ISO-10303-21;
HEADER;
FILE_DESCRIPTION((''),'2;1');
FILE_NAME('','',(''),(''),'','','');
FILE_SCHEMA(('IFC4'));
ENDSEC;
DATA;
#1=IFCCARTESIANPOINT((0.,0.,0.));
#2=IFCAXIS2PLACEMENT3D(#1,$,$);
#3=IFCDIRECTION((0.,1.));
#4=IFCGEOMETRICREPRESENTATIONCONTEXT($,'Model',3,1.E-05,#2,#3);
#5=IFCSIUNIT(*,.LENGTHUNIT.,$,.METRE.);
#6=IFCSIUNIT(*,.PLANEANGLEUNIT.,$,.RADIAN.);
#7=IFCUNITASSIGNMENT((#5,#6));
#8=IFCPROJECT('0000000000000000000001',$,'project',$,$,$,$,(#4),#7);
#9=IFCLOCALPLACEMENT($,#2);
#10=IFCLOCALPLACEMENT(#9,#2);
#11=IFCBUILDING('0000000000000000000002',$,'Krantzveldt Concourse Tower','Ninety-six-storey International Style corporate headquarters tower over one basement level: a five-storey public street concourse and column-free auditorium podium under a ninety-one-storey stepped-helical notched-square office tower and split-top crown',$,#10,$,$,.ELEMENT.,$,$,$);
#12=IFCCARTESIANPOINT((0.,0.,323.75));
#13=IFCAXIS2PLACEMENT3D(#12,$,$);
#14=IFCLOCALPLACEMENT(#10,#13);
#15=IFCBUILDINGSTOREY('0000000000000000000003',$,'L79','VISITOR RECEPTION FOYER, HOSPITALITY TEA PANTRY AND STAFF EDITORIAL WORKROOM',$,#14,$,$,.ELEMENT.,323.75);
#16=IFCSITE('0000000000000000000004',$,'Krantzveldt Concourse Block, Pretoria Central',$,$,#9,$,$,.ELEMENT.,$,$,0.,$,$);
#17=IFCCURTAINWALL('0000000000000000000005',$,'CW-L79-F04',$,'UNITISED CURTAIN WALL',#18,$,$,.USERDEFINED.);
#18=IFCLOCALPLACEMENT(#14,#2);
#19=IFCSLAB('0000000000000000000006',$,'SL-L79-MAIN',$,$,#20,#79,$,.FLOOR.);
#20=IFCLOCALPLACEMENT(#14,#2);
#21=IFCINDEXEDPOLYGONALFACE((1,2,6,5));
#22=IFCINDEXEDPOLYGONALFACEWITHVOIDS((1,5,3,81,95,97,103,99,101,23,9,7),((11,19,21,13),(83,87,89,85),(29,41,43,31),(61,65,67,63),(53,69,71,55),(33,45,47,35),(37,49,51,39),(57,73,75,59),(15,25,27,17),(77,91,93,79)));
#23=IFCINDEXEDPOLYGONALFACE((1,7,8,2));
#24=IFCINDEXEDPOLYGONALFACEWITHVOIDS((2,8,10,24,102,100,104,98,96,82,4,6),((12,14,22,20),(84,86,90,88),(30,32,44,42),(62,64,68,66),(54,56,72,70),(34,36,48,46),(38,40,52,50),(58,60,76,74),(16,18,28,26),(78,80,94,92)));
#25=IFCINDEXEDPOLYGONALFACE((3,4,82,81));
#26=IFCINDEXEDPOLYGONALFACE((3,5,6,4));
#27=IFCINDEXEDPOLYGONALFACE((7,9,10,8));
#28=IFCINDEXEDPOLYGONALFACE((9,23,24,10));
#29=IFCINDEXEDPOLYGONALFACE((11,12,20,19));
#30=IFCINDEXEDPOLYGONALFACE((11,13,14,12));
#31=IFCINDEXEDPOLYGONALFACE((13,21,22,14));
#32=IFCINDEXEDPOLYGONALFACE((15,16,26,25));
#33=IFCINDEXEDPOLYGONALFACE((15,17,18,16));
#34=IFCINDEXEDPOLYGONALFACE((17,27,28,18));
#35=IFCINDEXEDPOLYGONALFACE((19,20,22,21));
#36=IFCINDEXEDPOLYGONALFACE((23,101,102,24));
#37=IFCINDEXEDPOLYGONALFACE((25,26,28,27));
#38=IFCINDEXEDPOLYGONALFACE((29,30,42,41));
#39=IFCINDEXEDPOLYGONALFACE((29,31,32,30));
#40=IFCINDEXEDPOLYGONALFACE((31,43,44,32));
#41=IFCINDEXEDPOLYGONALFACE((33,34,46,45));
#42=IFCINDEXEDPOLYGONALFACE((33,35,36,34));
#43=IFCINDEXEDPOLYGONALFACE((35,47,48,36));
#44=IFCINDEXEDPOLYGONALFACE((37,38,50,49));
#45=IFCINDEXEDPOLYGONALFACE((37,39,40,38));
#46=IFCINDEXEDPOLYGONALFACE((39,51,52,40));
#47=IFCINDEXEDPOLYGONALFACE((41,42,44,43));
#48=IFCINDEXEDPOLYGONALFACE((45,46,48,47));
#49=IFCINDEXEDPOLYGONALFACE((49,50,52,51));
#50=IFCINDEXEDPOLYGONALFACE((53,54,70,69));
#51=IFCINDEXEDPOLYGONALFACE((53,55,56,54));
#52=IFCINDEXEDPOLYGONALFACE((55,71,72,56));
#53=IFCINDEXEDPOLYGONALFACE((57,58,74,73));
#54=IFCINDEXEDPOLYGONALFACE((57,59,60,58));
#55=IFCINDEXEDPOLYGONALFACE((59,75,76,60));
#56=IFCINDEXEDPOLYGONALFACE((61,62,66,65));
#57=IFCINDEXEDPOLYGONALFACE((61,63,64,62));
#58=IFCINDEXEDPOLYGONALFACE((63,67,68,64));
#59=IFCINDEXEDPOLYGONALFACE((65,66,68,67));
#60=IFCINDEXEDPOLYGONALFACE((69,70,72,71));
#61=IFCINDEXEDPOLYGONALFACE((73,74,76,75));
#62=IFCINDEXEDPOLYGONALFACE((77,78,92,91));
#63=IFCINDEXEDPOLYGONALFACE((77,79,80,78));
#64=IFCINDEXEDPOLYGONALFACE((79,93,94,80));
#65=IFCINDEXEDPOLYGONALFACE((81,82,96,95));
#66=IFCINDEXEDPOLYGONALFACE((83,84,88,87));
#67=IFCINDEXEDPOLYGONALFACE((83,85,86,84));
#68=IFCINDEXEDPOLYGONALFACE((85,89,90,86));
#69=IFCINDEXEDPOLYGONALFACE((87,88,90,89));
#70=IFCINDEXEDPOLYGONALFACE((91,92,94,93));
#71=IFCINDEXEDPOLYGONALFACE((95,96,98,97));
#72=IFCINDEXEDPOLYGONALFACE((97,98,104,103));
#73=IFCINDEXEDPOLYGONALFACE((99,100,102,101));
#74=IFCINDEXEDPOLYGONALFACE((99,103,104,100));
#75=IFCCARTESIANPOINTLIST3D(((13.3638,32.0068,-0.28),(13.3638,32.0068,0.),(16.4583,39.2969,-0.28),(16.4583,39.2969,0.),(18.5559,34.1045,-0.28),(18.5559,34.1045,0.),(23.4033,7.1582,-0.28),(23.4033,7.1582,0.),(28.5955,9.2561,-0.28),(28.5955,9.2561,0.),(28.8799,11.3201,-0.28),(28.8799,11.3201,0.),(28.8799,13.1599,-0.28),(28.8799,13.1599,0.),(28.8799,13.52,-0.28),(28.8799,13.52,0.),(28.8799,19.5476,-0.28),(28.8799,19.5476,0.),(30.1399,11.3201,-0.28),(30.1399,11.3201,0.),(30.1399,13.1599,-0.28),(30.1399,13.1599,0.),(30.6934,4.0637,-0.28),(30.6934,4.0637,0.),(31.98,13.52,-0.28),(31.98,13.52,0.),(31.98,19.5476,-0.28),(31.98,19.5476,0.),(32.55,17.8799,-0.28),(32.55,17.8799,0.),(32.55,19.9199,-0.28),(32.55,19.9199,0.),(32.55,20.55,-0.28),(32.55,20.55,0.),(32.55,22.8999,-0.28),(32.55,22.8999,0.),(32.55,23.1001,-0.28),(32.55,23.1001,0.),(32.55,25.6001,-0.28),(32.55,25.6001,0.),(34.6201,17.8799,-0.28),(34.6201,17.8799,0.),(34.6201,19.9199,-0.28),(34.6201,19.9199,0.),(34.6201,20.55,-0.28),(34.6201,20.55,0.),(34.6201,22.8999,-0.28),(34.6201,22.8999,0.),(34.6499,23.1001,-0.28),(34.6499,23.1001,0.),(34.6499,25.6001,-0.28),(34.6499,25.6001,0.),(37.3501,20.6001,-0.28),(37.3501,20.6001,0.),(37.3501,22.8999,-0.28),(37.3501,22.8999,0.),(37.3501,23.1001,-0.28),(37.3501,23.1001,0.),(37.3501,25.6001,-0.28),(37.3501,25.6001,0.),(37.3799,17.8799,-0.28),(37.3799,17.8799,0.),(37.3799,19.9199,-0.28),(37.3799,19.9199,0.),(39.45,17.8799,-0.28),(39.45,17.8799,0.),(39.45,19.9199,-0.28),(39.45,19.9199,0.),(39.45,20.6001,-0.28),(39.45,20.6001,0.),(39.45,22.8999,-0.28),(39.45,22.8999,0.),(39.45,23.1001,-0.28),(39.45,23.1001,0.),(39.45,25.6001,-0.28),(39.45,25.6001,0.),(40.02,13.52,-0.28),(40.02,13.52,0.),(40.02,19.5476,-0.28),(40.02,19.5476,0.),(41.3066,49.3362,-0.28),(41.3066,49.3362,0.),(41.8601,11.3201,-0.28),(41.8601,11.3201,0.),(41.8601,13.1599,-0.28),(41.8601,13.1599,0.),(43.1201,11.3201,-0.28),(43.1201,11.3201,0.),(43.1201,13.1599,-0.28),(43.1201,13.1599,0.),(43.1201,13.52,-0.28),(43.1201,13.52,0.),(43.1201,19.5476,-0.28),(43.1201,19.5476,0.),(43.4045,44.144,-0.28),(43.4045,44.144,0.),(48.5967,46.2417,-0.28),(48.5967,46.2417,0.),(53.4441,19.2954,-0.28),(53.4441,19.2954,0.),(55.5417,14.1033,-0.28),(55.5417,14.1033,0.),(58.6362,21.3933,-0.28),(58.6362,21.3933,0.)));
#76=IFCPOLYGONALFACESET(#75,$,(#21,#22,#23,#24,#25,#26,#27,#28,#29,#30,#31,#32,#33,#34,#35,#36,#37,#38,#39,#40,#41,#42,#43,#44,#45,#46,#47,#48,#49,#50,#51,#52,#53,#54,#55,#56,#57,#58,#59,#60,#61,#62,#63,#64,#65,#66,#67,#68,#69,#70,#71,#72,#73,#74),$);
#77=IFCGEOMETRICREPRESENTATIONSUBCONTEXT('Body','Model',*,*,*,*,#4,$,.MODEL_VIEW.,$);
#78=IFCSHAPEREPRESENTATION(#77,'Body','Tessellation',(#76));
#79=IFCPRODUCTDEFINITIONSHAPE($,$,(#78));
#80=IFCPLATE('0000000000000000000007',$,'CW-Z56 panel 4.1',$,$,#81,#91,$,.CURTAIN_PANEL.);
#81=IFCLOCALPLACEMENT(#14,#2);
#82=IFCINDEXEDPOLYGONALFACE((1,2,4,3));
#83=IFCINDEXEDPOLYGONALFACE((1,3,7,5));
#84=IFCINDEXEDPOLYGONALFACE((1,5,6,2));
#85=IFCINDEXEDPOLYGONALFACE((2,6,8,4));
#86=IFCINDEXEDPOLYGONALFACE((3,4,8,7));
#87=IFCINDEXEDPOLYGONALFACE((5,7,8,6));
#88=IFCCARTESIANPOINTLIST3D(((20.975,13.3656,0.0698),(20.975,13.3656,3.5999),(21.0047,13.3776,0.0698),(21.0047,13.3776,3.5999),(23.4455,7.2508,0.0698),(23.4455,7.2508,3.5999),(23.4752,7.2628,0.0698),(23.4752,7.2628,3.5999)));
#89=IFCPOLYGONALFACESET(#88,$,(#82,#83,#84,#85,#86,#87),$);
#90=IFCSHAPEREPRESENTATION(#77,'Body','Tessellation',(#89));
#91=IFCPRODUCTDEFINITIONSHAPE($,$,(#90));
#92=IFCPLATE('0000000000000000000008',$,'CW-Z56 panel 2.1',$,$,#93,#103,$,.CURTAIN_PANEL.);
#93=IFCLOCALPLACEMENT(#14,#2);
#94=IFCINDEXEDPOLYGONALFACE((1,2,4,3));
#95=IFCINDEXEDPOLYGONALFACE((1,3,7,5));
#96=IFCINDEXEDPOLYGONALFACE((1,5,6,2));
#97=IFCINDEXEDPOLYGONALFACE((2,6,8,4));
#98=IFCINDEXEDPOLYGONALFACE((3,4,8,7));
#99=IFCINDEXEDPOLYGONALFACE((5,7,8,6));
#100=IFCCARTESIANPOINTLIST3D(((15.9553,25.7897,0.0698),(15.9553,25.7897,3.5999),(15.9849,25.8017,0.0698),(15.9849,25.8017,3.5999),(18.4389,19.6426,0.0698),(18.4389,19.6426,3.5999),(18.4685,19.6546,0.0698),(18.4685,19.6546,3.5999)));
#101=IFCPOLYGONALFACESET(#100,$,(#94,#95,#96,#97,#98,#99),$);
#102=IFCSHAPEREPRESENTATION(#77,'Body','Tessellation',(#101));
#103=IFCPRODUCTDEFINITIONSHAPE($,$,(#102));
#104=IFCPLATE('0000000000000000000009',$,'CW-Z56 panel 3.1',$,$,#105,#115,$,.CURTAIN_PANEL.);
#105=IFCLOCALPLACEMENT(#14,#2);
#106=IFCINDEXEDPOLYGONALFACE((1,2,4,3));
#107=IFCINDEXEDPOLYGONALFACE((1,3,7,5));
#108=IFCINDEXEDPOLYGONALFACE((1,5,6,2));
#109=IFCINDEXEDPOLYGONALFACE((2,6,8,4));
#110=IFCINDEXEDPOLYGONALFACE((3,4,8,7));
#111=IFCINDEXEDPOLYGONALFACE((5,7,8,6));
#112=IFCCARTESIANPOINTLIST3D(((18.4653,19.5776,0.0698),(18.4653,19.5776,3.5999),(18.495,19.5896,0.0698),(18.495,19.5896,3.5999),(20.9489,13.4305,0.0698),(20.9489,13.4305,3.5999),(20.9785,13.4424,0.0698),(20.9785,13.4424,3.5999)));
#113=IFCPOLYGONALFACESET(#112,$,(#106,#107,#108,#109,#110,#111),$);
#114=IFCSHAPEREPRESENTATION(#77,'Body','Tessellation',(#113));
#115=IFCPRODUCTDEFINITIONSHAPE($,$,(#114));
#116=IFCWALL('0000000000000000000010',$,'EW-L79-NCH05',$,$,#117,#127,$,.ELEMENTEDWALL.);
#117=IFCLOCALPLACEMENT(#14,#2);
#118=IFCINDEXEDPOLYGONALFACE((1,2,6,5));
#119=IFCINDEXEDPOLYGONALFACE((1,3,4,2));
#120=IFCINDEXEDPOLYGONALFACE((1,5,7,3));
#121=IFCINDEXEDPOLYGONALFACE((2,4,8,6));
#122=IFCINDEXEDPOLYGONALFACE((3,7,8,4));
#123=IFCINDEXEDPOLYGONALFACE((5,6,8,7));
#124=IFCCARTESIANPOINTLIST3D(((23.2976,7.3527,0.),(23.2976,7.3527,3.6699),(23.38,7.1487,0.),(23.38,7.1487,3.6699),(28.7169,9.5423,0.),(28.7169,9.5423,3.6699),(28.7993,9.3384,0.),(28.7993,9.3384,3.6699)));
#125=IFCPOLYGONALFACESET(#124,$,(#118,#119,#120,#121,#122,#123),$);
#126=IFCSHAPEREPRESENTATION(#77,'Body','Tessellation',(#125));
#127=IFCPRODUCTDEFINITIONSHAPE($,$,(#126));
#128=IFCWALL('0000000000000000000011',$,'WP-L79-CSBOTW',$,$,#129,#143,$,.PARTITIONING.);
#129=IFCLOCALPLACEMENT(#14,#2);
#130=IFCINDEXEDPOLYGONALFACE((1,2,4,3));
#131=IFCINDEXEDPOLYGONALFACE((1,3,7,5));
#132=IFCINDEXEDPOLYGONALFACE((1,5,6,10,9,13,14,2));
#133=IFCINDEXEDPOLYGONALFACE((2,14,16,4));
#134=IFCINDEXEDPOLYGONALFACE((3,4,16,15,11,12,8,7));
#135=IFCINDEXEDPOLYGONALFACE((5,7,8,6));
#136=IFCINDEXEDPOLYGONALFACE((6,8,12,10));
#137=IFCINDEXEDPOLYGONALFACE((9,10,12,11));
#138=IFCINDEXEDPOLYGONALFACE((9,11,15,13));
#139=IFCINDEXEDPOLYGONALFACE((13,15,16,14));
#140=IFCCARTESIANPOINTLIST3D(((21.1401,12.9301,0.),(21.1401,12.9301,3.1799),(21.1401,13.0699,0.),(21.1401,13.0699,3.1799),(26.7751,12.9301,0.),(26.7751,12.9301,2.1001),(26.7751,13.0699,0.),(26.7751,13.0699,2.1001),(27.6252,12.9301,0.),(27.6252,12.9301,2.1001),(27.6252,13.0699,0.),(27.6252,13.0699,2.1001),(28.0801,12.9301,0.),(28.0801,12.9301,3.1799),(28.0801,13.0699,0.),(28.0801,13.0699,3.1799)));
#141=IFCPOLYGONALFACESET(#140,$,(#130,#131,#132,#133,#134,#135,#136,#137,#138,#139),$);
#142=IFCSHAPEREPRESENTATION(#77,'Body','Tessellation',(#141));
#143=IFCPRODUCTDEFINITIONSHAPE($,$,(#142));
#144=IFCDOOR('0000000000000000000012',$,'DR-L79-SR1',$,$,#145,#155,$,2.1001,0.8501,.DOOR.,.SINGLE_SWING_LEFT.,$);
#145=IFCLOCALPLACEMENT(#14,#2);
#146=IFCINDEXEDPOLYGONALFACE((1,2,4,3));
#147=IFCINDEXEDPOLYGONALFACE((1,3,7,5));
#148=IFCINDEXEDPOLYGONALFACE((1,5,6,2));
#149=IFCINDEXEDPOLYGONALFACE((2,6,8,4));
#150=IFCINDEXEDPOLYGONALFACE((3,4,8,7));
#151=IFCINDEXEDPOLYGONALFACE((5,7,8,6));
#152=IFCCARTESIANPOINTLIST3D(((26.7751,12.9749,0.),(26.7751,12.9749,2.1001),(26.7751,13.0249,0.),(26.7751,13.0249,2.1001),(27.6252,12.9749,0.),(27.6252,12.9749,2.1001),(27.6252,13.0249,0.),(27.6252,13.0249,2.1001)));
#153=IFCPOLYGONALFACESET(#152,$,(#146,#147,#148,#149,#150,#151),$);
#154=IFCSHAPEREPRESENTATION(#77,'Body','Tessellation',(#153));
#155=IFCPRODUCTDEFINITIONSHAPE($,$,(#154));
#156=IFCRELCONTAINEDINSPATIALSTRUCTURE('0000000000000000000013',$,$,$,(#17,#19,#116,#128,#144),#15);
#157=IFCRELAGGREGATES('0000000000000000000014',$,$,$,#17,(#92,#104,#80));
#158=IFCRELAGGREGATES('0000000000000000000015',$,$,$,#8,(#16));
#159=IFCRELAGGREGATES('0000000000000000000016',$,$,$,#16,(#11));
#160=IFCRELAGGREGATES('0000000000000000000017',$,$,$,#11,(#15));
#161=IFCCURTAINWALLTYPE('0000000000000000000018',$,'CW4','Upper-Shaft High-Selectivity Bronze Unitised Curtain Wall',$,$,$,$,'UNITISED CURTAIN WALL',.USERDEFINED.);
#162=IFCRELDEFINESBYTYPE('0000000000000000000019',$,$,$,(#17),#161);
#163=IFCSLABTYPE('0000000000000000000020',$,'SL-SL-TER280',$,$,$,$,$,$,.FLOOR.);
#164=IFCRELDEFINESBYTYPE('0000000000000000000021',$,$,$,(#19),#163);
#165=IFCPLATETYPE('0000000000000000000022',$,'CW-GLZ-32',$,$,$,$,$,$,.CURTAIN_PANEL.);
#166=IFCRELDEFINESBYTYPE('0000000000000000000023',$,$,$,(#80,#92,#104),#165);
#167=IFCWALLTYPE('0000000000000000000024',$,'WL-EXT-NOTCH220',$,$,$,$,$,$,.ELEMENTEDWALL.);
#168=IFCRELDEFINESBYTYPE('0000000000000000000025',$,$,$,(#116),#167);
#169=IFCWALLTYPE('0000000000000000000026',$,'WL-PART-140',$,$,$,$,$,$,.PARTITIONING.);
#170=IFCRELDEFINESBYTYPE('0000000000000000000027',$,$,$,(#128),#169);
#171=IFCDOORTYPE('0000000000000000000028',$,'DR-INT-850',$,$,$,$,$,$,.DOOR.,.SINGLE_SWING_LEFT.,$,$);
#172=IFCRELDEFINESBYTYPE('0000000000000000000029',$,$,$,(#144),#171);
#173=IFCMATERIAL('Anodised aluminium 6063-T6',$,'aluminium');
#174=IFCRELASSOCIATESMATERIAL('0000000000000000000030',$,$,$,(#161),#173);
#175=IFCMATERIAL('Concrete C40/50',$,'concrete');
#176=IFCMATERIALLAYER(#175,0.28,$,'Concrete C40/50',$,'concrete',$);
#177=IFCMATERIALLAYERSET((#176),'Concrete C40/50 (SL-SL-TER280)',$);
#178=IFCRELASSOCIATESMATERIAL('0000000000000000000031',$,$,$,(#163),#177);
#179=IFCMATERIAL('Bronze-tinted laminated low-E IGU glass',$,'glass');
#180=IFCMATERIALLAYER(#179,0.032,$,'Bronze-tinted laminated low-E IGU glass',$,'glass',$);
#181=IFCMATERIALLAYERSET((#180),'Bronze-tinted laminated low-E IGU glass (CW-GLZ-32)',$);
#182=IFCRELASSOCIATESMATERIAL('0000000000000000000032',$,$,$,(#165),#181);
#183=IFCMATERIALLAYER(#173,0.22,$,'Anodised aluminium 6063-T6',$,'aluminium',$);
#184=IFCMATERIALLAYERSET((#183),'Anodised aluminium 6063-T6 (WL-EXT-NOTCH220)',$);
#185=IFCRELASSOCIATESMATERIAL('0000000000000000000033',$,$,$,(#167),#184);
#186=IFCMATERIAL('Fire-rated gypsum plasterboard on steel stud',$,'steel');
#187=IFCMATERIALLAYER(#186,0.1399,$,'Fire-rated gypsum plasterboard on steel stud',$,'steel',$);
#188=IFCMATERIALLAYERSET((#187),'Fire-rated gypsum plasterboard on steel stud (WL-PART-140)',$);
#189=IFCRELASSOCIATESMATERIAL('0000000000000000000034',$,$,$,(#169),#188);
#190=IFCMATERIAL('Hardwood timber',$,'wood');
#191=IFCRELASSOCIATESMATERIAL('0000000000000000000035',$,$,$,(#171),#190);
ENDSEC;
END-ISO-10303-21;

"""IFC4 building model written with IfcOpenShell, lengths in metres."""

from ifc_helpers import new_model, si_unit, direction, frame, frame_2d, origin, origin_2d, place, context, subcontext, project, spatial, polyline, rectangle, outline, extrude, source, transform, mapped, material, layer, layer_set, type_object, type_shapes, element, fill, aggregate, save


model = new_model("IFC4")

# Units and contexts
model_context = context("Model", 3, precision=1e-05, world=origin(), true_north=direction((0.0, 1.0)))
body_context = subcontext(model_context, "Body", "Model", "MODEL_VIEW")
ifc_project = project(units=[si_unit("LENGTHUNIT", "METRE"), si_unit("PLANEANGLEUNIT", "RADIAN")], contexts=[model_context])

# Site, building, storey
site_placement = place(None, origin())
site = spatial("IfcSite", under=ifc_project, at=site_placement, Name="Krantzveldt Concourse Block, Pretoria Central", CompositionType="ELEMENT", RefElevation=0.0)
building_placement = place(site_placement, origin())
building = spatial("IfcBuilding", under=site, at=building_placement, Name="Krantzveldt Concourse Tower", Description="Ninety-six-storey International Style corporate headquarters tower over one basement level: a five-storey public street concourse and column-free auditorium podium under a ninety-one-storey stepped-helical notched-square office tower and split-top crown", CompositionType="ELEMENT")
storey_placement = place(building_placement, frame((0.0, 0.0, 323.75)))
storey = spatial("IfcBuildingStorey", under=building, at=storey_placement, Name="L79", Description="VISITOR RECEPTION FOYER, HOSPITALITY TEA PANTRY AND STAFF EDITORIAL WORKROOM", CompositionType="ELEMENT", Elevation=323.75)

# Curtain wall
ifc_material_1 = material(Name="Anodised aluminium 6063-T6", Category="aluminium")
curtain_wall_type = type_object("IfcCurtainWallType", Name="CW4", Description="Upper-Shaft High-Selectivity Bronze Unitised Curtain Wall", ElementType="UNITISED CURTAIN WALL", PredefinedType="USERDEFINED", material=ifc_material_1)
curtain_wall_placement = place(storey_placement, origin())
curtain_wall = element("IfcCurtainWall", 1, at=curtain_wall_placement, inside=storey, type_object=curtain_wall_type, Name="CW-L79-F04", ObjectType="UNITISED CURTAIN WALL", PredefinedType="USERDEFINED")

# Slab
ifc_material_2 = material(Name="Concrete C40/50", Category="concrete")
ifc_layer_1 = layer(ifc_material_2, 0.28, Name="Concrete C40/50", Category="concrete")
ifc_layer_set_1 = layer_set([ifc_layer_1], Name="Concrete C40/50 (SL-SL-TER280)")
slab_type_1 = type_object("IfcSlabType", Name="SL-SL-TER280", PredefinedType="FLOOR", material=ifc_layer_set_1)
slab_1_placement = place(storey_placement, frame((0.0, 0.0, -0.28)))
element("IfcSlab", 2, at=slab_1_placement, inside=storey, type_object=slab_type_1, Name="SL-L79-MAIN", PredefinedType="FLOOR", context=body_context, shape_type="SweptSolid", body=[
    extrude(outline(polyline([(43.4045, 44.144), (41.3066, 49.3362), (16.4583, 39.2969), (18.5559, 34.1045), (13.3638, 32.0068), (23.4033, 7.1582), (28.5955, 9.2561), (30.6934, 4.0637), (55.5417, 14.1033), (53.4441, 19.2954), (58.6362, 21.3933), (48.5967, 46.2417), (43.4045, 44.144)]), holes=[polyline([(28.8799, 19.5476), (28.8799, 13.52), (31.98, 13.52), (31.98, 19.5476), (28.8799, 19.5476)]), polyline([(40.02, 19.5476), (40.02, 13.52), (43.1201, 13.52), (43.1201, 19.5476), (40.02, 19.5476)]), polyline([(32.55, 23.1001), (34.6499, 23.1001), (34.6499, 25.6001), (32.55, 25.6001), (32.55, 23.1001)]), polyline([(37.3501, 23.1001), (39.45, 23.1001), (39.45, 25.6001), (37.3501, 25.6001), (37.3501, 23.1001)]), polyline([(37.3501, 20.6001), (39.45, 20.6001), (39.45, 22.8999), (37.3501, 22.8999), (37.3501, 20.6001)]), polyline([(32.55, 20.55), (34.6201, 20.55), (34.6201, 22.8999), (32.55, 22.8999), (32.55, 20.55)]), polyline([(32.55, 17.8799), (34.6201, 17.8799), (34.6201, 19.9199), (32.55, 19.9199), (32.55, 17.8799)]), polyline([(37.3799, 17.8799), (39.45, 17.8799), (39.45, 19.9199), (37.3799, 19.9199), (37.3799, 17.8799)]), polyline([(28.8799, 11.3201), (30.1399, 11.3201), (30.1399, 13.1599), (28.8799, 13.1599), (28.8799, 11.3201)]), polyline([(41.8601, 11.3201), (43.1201, 11.3201), (43.1201, 13.1599), (41.8601, 13.1599), (41.8601, 11.3201)])]), origin(), (0.0, 0.0, 1.0), 0.28),
])

# Plates
ifc_material_3 = material(Name="Bronze-tinted laminated low-E IGU glass", Category="glass")
ifc_layer_2 = layer(ifc_material_3, 0.032, Name="Bronze-tinted laminated low-E IGU glass", Category="glass")
ifc_layer_set_2 = layer_set([ifc_layer_2], Name="Bronze-tinted laminated low-E IGU glass (CW-GLZ-32)")
plate_type = type_object("IfcPlateType", Name="CW-GLZ-32", PredefinedType="CURTAIN_PANEL", material=ifc_layer_set_2)
shared_shape_1 = source(origin(), body_context, "Body", "SweptSolid", [
    extrude(rectangle(XDim=6.595, YDim=0.032, at=origin_2d()), origin(), (0.0, 0.0, 1.0), 3.53),
])
plate_1_placement = place(storey_placement, frame((22.2251, 10.3142, 0.0698), z_axis=(0.0, 0.0, 1.0), x_axis=(0.374607, -0.927184, 0.0)))
plate_1 = element("IfcPlate", 3, at=plate_1_placement, type_object=plate_type, Name="CW-Z56 panel 4.1", PredefinedType="CURTAIN_PANEL", context=body_context, shape_type="MappedRepresentation", body=[
    mapped(shared_shape_1, transform((0.0, 0.0, 0.0), x_axis=(1.0, 0.0, 0.0), y_axis=(0.0, 1.0, 0.0), z_axis=(0.0, 0.0, 1.0), scale=1.0)),
])
shared_shape_2 = source(origin(), body_context, "Body", "SweptSolid", [
    extrude(rectangle(XDim=6.6299, YDim=0.032, at=origin_2d()), origin(), (0.0, 0.0, 1.0), 3.53),
])
type_shapes(plate_type, [shared_shape_1, shared_shape_2])
plate_2_placement = place(storey_placement, frame((17.2119, 22.7222, 0.0698), z_axis=(0.0, 0.0, 1.0), x_axis=(0.374607, -0.927184, 0.0)))
plate_2 = element("IfcPlate", 4, at=plate_2_placement, type_object=plate_type, Name="CW-Z56 panel 2.1", PredefinedType="CURTAIN_PANEL", context=body_context, shape_type="MappedRepresentation", body=[
    mapped(shared_shape_2, transform((0.0, 0.0, 0.0), x_axis=(1.0, 0.0, 0.0), y_axis=(0.0, 1.0, 0.0), z_axis=(0.0, 0.0, 1.0), scale=1.0)),
])
plate_3_placement = place(storey_placement, frame((19.7219, 16.51, 0.0698), z_axis=(0.0, 0.0, 1.0), x_axis=(0.374607, -0.927184, 0.0)))
plate_3 = element("IfcPlate", 5, at=plate_3_placement, type_object=plate_type, Name="CW-Z56 panel 3.1", PredefinedType="CURTAIN_PANEL", context=body_context, shape_type="MappedRepresentation", body=[
    mapped(shared_shape_2, transform((0.0, 0.0, 0.0), x_axis=(1.0, 0.0, 0.0), y_axis=(0.0, 1.0, 0.0), z_axis=(0.0, 0.0, 1.0), scale=1.0)),
])
aggregate(curtain_wall, [plate_2, plate_3, plate_1])

# Wall
ifc_layer_3 = layer(ifc_material_1, 0.22, Name="Anodised aluminium 6063-T6", Category="aluminium")
ifc_layer_set_3 = layer_set([ifc_layer_3], Name="Anodised aluminium 6063-T6 (WL-EXT-NOTCH220)")
wall_type_1 = type_object("IfcWallType", Name="WL-EXT-NOTCH220", PredefinedType="ELEMENTEDWALL", material=ifc_layer_set_3)
wall_1_placement = place(storey_placement, frame((23.3389, 7.2507, 0.0), z_axis=(0.0, 0.0, 1.0), x_axis=(0.927178, 0.374622, 0.0)))
element("IfcWall", 6, at=wall_1_placement, inside=storey, type_object=wall_type_1, Name="EW-L79-NCH05", PredefinedType="ELEMENTEDWALL", context=body_context, shape_type="SweptSolid", body=[
    extrude(rectangle(XDim=5.845, YDim=0.22, at=frame_2d((2.9224, 0.0))), origin(), (0.0, 0.0, 1.0), 3.6699),
])

# Wall, opening, door
ifc_material_4 = material(Name="Fire-rated gypsum plasterboard on steel stud", Category="steel")
ifc_layer_4 = layer(ifc_material_4, 0.1399, Name="Fire-rated gypsum plasterboard on steel stud", Category="steel")
ifc_layer_set_4 = layer_set([ifc_layer_4], Name="Fire-rated gypsum plasterboard on steel stud (WL-PART-140)")
wall_type_2 = type_object("IfcWallType", Name="WL-PART-140", PredefinedType="PARTITIONING", material=ifc_layer_set_4)
wall_2_placement = place(storey_placement, frame((21.1401, 13.0, 0.0), z_axis=(0.0, 0.0, 1.0), x_axis=(1.0, 0.0, 0.0)))
wall_2 = element("IfcWall", 7, at=wall_2_placement, inside=storey, type_object=wall_type_2, Name="WP-L79-CSBOTW", PredefinedType="PARTITIONING", context=body_context, shape_type="SweptSolid", body=[
    extrude(rectangle(XDim=6.9399, YDim=0.1399, at=frame_2d((3.47, 0.0))), origin(), (0.0, 0.0, 1.0), 3.1799),
])
opening_placement = place(wall_2_placement, frame((5.635, 0.0, 0.0)))
opening = element("IfcOpeningElement", 8, at=opening_placement, cuts=wall_2, PredefinedType="OPENING", context=body_context, shape_type="SweptSolid", body=[
    extrude(rectangle(XDim=0.8501, YDim=2.1001, at=frame_2d((0.425, 1.05))), frame((0.0, 0.0801, 0.0), z_axis=(0.0, -1.0, 0.0), x_axis=(1.0, 0.0, 0.0)), (0.0, 0.0, 1.0), 0.1599),
])
ifc_material_5 = material(Name="Hardwood timber", Category="wood")
door_type = type_object("IfcDoorType", Name="DR-INT-850", OperationType="SINGLE_SWING_LEFT", PredefinedType="DOOR", material=ifc_material_5)
door_placement = place(opening_placement, origin())
door = element("IfcDoor", 9, at=door_placement, inside=storey, type_object=door_type, Name="DR-L79-SR1", OperationType="SINGLE_SWING_LEFT", OverallHeight=2.1001, OverallWidth=0.8501, PredefinedType="DOOR", context=body_context, shape_type="SweptSolid", body=[
    extrude(rectangle(XDim=0.8501, YDim=2.1001, at=frame_2d((0.425, 1.05))), frame((0.0, 0.0249, 0.0), z_axis=(0.0, -1.0, 0.0), x_axis=(1.0, 0.0, 0.0)), (0.0, 0.0, 1.0), 0.05),
])
fill(opening, door)

save(model, "model.ifc")
